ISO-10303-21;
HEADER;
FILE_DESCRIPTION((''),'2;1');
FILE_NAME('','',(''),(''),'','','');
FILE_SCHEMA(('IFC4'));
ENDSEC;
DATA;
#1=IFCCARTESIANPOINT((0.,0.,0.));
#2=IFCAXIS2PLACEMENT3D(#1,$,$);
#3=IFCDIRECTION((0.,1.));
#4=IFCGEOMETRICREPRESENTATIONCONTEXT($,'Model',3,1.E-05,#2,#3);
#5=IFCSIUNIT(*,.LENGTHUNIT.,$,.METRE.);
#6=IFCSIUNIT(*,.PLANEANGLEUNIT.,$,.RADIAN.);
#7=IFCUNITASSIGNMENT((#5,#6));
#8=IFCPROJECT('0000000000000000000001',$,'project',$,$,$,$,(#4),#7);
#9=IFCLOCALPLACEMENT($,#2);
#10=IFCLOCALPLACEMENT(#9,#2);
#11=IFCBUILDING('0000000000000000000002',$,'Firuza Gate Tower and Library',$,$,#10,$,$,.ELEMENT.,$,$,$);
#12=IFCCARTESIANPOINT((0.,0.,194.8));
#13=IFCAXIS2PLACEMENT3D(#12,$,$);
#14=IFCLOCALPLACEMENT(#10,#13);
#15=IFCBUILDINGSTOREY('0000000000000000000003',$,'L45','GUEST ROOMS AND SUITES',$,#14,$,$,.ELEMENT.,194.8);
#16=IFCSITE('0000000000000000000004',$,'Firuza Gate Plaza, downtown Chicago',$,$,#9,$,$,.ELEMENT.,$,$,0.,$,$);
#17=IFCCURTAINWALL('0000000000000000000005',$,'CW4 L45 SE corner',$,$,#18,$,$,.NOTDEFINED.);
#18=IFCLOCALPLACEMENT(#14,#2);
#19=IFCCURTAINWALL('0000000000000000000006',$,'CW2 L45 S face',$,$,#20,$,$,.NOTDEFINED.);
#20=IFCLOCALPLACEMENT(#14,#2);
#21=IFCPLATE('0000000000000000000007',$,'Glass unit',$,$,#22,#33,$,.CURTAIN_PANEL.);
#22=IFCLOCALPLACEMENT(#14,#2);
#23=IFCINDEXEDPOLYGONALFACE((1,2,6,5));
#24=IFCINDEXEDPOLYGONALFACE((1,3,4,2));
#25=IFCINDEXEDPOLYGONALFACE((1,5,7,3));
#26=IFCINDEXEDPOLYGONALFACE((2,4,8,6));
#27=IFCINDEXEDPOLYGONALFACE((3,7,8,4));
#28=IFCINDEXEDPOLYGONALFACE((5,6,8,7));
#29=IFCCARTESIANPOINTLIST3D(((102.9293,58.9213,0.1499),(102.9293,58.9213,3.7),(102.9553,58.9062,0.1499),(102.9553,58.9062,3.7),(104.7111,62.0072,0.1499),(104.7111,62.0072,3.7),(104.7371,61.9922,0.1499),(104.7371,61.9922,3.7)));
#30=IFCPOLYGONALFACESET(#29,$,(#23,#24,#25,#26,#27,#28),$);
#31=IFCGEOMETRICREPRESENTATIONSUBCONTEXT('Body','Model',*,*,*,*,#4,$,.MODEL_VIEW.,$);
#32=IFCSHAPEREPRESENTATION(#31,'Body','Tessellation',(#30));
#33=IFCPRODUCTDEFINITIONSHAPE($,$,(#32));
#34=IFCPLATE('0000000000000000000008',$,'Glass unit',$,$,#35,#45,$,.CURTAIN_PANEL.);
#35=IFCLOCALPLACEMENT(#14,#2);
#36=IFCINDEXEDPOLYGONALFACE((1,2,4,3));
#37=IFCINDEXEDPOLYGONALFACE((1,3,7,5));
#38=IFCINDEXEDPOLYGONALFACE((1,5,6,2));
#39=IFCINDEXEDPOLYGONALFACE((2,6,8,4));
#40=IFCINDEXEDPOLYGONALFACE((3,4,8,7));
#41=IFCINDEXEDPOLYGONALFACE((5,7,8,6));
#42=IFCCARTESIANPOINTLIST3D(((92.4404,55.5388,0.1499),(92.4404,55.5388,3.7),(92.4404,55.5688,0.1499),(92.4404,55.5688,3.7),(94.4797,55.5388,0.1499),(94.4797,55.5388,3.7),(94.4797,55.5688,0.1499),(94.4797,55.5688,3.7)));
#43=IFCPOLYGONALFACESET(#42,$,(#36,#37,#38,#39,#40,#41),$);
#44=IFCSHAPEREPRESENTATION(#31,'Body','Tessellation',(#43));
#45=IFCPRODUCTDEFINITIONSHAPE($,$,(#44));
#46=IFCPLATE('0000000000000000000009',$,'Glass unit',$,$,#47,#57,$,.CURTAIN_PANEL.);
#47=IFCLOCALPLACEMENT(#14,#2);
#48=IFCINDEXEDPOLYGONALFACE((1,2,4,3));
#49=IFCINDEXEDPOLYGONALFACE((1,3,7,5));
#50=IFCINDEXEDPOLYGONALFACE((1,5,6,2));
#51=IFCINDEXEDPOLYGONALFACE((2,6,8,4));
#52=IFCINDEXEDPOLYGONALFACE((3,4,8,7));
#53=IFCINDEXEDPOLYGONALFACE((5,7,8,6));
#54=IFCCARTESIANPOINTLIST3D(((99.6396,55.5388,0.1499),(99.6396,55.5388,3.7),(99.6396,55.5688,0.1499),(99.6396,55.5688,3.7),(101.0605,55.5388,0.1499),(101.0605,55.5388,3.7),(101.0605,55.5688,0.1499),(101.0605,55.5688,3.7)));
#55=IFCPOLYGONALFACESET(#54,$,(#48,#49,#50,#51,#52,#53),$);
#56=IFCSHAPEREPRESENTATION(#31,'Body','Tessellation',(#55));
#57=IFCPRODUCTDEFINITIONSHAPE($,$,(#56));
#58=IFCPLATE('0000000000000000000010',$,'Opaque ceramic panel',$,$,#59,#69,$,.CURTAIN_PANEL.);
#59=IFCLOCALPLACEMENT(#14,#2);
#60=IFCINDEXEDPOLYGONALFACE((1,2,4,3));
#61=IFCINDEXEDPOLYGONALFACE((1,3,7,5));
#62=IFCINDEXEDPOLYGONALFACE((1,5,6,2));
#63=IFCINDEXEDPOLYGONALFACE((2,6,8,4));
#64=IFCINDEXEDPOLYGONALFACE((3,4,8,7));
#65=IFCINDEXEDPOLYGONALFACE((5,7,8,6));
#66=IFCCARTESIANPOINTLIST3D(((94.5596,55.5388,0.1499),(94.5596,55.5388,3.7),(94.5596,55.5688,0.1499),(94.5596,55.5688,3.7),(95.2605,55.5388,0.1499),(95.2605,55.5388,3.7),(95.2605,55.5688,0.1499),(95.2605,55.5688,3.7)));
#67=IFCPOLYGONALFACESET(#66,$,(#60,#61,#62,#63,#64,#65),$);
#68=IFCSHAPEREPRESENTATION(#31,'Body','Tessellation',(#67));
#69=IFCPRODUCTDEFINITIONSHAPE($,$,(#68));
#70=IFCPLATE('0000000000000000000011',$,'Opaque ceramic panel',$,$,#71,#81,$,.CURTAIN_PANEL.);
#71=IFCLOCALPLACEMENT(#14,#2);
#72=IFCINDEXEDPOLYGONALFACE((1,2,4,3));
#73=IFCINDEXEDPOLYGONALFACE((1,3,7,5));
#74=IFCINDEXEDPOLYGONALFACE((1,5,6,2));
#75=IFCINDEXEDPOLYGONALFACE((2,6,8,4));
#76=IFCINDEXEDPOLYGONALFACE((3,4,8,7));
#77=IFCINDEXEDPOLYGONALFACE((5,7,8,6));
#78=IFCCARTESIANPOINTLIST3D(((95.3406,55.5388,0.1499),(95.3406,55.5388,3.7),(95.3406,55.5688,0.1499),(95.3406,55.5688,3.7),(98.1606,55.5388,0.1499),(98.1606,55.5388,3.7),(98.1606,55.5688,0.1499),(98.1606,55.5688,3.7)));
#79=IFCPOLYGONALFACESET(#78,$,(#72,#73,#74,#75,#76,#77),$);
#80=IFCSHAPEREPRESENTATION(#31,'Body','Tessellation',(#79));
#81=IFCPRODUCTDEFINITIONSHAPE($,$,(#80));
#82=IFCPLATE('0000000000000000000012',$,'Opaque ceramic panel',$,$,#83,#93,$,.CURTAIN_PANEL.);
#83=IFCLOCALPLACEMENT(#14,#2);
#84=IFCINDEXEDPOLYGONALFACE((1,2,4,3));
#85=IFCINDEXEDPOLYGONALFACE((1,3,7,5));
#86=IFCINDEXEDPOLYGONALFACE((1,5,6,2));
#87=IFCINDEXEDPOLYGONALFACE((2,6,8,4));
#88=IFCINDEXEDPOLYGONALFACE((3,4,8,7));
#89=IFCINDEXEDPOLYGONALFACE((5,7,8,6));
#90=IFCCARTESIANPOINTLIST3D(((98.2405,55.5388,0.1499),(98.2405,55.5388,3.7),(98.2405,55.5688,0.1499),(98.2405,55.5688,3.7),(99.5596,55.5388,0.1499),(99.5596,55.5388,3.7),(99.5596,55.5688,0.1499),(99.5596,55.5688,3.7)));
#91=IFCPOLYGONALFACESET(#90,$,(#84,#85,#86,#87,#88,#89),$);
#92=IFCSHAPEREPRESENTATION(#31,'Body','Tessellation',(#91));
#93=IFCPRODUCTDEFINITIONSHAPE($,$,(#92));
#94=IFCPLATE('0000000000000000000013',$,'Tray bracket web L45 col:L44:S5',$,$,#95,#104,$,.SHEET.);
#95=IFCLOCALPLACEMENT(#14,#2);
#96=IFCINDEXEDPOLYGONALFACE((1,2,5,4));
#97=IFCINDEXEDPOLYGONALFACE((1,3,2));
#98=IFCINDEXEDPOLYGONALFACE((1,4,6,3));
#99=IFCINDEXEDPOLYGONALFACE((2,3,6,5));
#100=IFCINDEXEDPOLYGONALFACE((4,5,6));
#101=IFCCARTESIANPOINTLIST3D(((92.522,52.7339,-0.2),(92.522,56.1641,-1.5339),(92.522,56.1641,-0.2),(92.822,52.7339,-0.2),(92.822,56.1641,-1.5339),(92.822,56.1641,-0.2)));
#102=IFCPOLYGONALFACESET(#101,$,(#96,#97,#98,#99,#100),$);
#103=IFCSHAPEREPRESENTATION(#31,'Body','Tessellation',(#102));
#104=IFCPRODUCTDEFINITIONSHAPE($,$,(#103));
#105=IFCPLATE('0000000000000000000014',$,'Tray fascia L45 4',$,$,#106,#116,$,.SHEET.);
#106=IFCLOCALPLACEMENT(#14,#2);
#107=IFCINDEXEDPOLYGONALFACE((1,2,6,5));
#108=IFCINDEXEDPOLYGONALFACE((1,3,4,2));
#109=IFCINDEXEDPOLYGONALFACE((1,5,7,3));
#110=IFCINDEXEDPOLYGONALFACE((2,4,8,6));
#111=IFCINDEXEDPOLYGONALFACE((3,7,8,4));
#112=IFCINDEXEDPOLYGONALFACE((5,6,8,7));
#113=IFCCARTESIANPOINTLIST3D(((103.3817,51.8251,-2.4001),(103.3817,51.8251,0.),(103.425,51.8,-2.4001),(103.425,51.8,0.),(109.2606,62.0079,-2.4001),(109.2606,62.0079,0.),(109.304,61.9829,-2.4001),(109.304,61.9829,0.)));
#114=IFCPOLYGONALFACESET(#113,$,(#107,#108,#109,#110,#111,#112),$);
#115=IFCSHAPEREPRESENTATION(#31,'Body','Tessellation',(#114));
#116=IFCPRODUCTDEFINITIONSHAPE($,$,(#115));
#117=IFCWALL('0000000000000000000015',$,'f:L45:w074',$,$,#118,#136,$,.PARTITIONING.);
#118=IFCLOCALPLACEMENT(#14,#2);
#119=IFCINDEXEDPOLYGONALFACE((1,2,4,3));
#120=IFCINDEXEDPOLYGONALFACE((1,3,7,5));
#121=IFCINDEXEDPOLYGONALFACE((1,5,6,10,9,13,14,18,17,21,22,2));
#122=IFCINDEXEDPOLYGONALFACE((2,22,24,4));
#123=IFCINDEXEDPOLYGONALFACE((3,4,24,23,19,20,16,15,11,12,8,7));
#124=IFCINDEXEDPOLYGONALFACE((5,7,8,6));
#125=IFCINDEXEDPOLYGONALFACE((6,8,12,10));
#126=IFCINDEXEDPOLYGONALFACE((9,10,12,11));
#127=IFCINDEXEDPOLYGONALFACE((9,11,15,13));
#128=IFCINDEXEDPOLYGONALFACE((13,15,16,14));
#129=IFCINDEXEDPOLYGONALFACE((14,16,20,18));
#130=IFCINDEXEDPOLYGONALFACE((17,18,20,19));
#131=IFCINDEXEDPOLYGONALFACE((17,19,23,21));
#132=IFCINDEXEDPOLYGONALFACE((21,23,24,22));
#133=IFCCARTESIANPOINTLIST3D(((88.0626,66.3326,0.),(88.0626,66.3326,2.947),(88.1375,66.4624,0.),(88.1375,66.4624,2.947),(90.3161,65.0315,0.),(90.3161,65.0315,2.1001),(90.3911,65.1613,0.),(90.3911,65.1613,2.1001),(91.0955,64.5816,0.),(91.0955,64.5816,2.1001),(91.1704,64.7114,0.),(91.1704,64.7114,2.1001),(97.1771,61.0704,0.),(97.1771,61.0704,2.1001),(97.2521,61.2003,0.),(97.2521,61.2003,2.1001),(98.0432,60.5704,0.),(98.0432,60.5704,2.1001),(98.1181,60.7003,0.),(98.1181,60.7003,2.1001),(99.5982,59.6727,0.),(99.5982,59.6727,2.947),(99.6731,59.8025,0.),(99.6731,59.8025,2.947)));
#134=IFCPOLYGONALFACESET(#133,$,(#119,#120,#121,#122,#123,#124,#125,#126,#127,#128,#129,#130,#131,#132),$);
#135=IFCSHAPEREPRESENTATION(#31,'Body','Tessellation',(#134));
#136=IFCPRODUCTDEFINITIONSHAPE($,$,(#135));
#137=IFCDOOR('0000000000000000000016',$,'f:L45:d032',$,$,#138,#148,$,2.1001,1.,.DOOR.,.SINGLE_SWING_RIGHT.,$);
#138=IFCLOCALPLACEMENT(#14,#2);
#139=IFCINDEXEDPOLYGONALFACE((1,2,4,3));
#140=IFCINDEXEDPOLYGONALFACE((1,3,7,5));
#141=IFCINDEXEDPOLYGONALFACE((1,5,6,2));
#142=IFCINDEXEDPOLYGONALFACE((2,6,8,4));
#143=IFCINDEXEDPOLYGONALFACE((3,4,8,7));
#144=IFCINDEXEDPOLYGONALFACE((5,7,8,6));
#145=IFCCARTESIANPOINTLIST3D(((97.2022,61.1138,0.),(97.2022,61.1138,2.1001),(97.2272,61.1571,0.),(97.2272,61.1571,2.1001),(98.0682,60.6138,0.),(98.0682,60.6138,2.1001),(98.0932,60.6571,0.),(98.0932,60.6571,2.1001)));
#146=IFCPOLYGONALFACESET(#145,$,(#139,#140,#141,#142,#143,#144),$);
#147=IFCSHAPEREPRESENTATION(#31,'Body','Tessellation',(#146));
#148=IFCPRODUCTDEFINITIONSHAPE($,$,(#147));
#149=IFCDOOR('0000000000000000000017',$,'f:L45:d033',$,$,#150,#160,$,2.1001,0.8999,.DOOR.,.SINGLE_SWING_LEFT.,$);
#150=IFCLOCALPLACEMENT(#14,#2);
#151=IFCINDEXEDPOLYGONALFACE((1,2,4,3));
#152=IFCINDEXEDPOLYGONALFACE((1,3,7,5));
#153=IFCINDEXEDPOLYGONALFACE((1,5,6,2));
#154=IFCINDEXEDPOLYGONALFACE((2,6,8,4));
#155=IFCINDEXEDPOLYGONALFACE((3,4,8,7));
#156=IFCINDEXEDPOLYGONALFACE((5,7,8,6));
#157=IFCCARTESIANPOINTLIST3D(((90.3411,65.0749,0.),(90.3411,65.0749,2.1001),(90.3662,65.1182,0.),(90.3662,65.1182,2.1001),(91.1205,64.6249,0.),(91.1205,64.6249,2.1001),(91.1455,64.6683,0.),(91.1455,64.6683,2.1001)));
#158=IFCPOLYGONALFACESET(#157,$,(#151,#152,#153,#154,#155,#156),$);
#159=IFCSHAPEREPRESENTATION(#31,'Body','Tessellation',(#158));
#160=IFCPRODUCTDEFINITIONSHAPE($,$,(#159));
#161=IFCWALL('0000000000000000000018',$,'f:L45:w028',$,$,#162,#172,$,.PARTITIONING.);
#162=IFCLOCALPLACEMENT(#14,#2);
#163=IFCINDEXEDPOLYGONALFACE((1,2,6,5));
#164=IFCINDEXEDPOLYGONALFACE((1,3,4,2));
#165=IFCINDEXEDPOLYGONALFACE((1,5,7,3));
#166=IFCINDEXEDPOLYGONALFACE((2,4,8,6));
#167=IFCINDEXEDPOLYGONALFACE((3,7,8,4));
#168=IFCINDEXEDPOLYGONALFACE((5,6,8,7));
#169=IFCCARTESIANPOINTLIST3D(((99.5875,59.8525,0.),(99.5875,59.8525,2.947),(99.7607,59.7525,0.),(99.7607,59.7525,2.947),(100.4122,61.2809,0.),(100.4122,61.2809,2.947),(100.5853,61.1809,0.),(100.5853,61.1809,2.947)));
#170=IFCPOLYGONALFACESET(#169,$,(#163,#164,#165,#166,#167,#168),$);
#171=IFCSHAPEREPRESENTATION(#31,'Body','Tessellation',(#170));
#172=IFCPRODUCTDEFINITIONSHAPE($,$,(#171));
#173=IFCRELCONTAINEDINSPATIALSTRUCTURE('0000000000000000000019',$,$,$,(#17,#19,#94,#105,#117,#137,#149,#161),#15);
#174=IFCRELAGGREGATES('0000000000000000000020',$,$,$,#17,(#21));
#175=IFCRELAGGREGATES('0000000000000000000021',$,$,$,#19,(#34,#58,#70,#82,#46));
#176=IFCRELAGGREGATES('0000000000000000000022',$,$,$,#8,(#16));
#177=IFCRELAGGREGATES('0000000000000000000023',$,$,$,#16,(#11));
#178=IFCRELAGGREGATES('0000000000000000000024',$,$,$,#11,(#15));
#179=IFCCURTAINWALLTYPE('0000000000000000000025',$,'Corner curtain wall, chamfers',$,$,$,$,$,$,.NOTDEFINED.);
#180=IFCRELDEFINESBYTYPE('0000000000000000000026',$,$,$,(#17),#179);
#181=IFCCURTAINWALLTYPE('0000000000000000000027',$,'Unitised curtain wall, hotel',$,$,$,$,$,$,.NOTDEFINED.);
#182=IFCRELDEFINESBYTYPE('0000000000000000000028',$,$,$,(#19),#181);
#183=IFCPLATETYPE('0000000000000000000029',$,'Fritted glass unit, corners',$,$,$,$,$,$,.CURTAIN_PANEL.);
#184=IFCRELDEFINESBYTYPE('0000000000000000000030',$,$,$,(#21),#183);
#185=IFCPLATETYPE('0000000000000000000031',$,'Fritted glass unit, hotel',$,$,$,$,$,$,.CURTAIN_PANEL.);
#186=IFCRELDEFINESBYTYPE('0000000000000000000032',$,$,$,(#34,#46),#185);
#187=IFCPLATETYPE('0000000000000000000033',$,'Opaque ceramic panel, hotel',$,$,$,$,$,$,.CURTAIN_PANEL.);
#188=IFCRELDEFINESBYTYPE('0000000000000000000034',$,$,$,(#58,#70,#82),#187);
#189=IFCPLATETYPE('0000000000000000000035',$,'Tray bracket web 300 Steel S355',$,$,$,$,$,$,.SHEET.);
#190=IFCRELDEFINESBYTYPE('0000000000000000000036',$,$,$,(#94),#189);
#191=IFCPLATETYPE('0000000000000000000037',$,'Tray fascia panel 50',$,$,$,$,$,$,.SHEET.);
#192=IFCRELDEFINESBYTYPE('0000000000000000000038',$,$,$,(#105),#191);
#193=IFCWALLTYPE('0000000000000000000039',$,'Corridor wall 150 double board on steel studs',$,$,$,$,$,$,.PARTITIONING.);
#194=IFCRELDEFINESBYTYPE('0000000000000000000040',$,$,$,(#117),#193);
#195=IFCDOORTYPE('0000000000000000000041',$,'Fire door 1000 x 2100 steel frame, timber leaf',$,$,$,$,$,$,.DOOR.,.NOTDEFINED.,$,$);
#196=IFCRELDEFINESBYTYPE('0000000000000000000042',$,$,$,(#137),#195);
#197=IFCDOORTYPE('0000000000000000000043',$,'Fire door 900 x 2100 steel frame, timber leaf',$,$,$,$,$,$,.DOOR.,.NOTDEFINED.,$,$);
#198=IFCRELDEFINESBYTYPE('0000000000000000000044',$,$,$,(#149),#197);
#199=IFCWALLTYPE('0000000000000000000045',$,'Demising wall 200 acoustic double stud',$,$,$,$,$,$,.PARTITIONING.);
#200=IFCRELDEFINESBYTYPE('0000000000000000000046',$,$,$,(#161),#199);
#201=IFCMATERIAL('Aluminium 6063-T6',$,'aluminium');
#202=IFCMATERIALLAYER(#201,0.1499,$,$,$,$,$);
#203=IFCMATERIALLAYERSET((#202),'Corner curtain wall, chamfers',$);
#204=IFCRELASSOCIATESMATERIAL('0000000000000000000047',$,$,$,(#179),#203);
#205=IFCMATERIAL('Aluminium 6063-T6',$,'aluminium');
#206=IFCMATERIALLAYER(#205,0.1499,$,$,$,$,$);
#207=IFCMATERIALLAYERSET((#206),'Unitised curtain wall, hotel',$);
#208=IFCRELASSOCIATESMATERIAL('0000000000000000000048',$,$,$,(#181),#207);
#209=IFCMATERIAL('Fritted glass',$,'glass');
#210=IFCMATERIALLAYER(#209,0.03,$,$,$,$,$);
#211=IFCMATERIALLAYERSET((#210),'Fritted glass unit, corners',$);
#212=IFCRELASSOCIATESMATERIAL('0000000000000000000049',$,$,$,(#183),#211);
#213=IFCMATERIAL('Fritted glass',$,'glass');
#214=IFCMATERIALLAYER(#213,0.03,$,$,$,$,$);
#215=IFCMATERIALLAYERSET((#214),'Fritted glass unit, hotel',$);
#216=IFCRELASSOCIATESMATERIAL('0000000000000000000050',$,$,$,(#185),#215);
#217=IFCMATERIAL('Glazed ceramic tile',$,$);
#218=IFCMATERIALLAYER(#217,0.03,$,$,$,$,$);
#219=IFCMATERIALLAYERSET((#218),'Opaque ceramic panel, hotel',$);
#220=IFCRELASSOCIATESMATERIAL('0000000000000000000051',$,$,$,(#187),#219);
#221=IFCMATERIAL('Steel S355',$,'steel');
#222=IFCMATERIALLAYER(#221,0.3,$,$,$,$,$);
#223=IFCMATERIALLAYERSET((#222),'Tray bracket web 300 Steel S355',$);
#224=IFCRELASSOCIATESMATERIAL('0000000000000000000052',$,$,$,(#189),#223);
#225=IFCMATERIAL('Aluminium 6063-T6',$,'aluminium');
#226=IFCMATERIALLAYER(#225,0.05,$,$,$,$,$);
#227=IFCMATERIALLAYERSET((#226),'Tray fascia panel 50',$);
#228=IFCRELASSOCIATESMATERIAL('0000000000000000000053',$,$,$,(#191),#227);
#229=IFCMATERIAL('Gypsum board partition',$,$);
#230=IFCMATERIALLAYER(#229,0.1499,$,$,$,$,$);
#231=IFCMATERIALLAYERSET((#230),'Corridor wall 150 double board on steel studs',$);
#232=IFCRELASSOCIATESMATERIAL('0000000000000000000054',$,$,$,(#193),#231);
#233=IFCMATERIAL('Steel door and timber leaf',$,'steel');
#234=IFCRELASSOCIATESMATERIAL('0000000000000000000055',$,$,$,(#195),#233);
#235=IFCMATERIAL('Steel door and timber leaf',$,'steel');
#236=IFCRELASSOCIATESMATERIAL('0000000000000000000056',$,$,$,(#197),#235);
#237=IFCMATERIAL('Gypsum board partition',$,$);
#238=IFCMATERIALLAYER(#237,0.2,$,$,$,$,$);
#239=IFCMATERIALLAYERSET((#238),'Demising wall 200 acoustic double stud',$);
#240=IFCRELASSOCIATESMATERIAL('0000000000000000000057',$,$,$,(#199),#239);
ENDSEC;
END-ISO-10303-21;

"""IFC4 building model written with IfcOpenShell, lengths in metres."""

from ifc_helpers import new_model, si_unit, direction, frame, frame_2d, origin, place, context, subcontext, project, spatial, polyline, rectangle, outline, extrude, material, layer, layer_set, type_object, element, fill, aggregate, save


model = new_model("IFC4")

# Units and contexts
model_context = context("Model", 3, precision=1e-05, world=origin(), true_north=direction((0.0, 1.0)))
body_context = subcontext(model_context, "Body", "Model", "MODEL_VIEW")
ifc_project = project(units=[si_unit("LENGTHUNIT", "METRE"), si_unit("PLANEANGLEUNIT", "RADIAN")], contexts=[model_context])

# Site, building, storey
site_placement = place(None, origin())
site = spatial("IfcSite", under=ifc_project, at=site_placement, Name="Firuza Gate Plaza, downtown Chicago", CompositionType="ELEMENT", RefElevation=0.0)
building_placement = place(site_placement, origin())
building = spatial("IfcBuilding", under=site, at=building_placement, Name="Firuza Gate Tower and Library", CompositionType="ELEMENT")
storey_placement = place(building_placement, frame((0.0, 0.0, 194.8)))
storey = spatial("IfcBuildingStorey", under=building, at=storey_placement, Name="L45", Description="GUEST ROOMS AND SUITES", CompositionType="ELEMENT", Elevation=194.8)

# Curtain walls
ifc_material_1 = material(Name="Aluminium 6063-T6", Category="aluminium")
ifc_layer_1 = layer(ifc_material_1, 0.1499)
ifc_layer_set_1 = layer_set([ifc_layer_1], Name="Corner curtain wall, chamfers")
curtain_wall_type_1 = type_object("IfcCurtainWallType", Name="Corner curtain wall, chamfers", PredefinedType="NOTDEFINED", material=ifc_layer_set_1)
placement = place(storey_placement, origin())
curtain_wall_1 = element("IfcCurtainWall", 1, at=placement, inside=storey, type_object=curtain_wall_type_1, Name="CW4 L45 SE corner", PredefinedType="NOTDEFINED")
ifc_material_2 = material(Name="Aluminium 6063-T6", Category="aluminium")
ifc_layer_2 = layer(ifc_material_2, 0.1499)
ifc_layer_set_2 = layer_set([ifc_layer_2], Name="Unitised curtain wall, hotel")
curtain_wall_type_2 = type_object("IfcCurtainWallType", Name="Unitised curtain wall, hotel", PredefinedType="NOTDEFINED", material=ifc_layer_set_2)
curtain_wall_2 = element("IfcCurtainWall", 2, at=placement, inside=storey, type_object=curtain_wall_type_2, Name="CW2 L45 S face", PredefinedType="NOTDEFINED")

# Plates
ifc_material_3 = material(Name="Fritted glass", Category="glass")
ifc_layer_3 = layer(ifc_material_3, 0.03)
ifc_layer_set_3 = layer_set([ifc_layer_3], Name="Fritted glass unit, corners")
plate_type_1 = type_object("IfcPlateType", Name="Fritted glass unit, corners", PredefinedType="CURTAIN_PANEL", material=ifc_layer_set_3)
plate_1_placement = place(storey_placement, frame((102.9553, 58.9062, 0.1499), z_axis=(0.866017, -0.500015, 0.0), x_axis=(0.500015, 0.866017, 0.0)))
plate_1 = element("IfcPlate", 3, at=plate_1_placement, type_object=plate_type_1, Name="Glass unit", PredefinedType="CURTAIN_PANEL", context=body_context, shape_type="SweptSolid", body=[
    extrude(outline(polyline([(0.0, 0.0), (3.5634, 0.0), (3.5634, 3.55), (0.0, 3.55), (0.0, 0.0)])), origin(), (0.0, 0.0, -1.0), 0.03),
])
aggregate(curtain_wall_1, [plate_1])
ifc_material_4 = material(Name="Fritted glass", Category="glass")
ifc_layer_4 = layer(ifc_material_4, 0.03)
ifc_layer_set_4 = layer_set([ifc_layer_4], Name="Fritted glass unit, hotel")
plate_type_2 = type_object("IfcPlateType", Name="Fritted glass unit, hotel", PredefinedType="CURTAIN_PANEL", material=ifc_layer_set_4)
plate_2_placement = place(storey_placement, frame((92.4404, 55.5388, 0.1499), z_axis=(0.0, -1.0, 0.0), x_axis=(1.0, 0.0, 0.0)))
plate_2 = element("IfcPlate", 4, at=plate_2_placement, type_object=plate_type_2, Name="Glass unit", PredefinedType="CURTAIN_PANEL", context=body_context, shape_type="SweptSolid", body=[
    extrude(outline(polyline([(0.0, 0.0), (2.0393, 0.0), (2.0393, 3.55), (0.0, 3.55), (0.0, 0.0)])), origin(), (0.0, 0.0, -1.0), 0.03),
])
plate_3_placement = place(storey_placement, frame((99.6396, 55.5388, 0.1499), z_axis=(0.0, -1.0, 0.0), x_axis=(1.0, 0.0, 0.0)))
plate_3 = element("IfcPlate", 5, at=plate_3_placement, type_object=plate_type_2, Name="Glass unit", PredefinedType="CURTAIN_PANEL", context=body_context, shape_type="SweptSolid", body=[
    extrude(outline(polyline([(0.0, 0.0), (1.4209, 0.0), (1.4209, 3.55), (0.0, 3.55), (0.0, 0.0)])), origin(), (0.0, 0.0, -1.0), 0.03),
])
ifc_material_5 = material(Name="Glazed ceramic tile")
ifc_layer_5 = layer(ifc_material_5, 0.03)
ifc_layer_set_5 = layer_set([ifc_layer_5], Name="Opaque ceramic panel, hotel")
plate_type_3 = type_object("IfcPlateType", Name="Opaque ceramic panel, hotel", PredefinedType="CURTAIN_PANEL", material=ifc_layer_set_5)
plate_4_placement = place(storey_placement, frame((94.5596, 55.5388, 0.1499), z_axis=(0.0, -1.0, 0.0), x_axis=(1.0, 0.0, 0.0)))
plate_4 = element("IfcPlate", 6, at=plate_4_placement, type_object=plate_type_3, Name="Opaque ceramic panel", PredefinedType="CURTAIN_PANEL", context=body_context, shape_type="SweptSolid", body=[
    extrude(outline(polyline([(0.0, 0.0), (0.7009, 0.0), (0.7009, 3.55), (0.0, 3.55), (0.0, 0.0)])), origin(), (0.0, 0.0, -1.0), 0.03),
])
plate_5_placement = place(storey_placement, frame((95.3406, 55.5388, 0.1499), z_axis=(0.0, -1.0, 0.0), x_axis=(1.0, 0.0, 0.0)))
plate_5 = element("IfcPlate", 7, at=plate_5_placement, type_object=plate_type_3, Name="Opaque ceramic panel", PredefinedType="CURTAIN_PANEL", context=body_context, shape_type="SweptSolid", body=[
    extrude(outline(polyline([(0.0, 0.0), (2.8201, 0.0), (2.8201, 3.55), (0.0, 3.55), (0.0, 0.0)])), origin(), (0.0, 0.0, -1.0), 0.03),
])
plate_6_placement = place(storey_placement, frame((98.2405, 55.5388, 0.1499), z_axis=(0.0, -1.0, 0.0), x_axis=(1.0, 0.0, 0.0)))
plate_6 = element("IfcPlate", 8, at=plate_6_placement, type_object=plate_type_3, Name="Opaque ceramic panel", PredefinedType="CURTAIN_PANEL", context=body_context, shape_type="SweptSolid", body=[
    extrude(outline(polyline([(0.0, 0.0), (1.3191, 0.0), (1.3191, 3.55), (0.0, 3.55), (0.0, 0.0)])), origin(), (0.0, 0.0, -1.0), 0.03),
])
aggregate(curtain_wall_2, [plate_2, plate_4, plate_5, plate_6, plate_3])

# Plates
ifc_material_6 = material(Name="Steel S355", Category="steel")
ifc_layer_6 = layer(ifc_material_6, 0.3)
ifc_layer_set_6 = layer_set([ifc_layer_6], Name="Tray bracket web 300 Steel S355")
plate_type_4 = type_object("IfcPlateType", Name="Tray bracket web 300 Steel S355", PredefinedType="SHEET", material=ifc_layer_set_6)
plate_7_placement = place(storey_placement, frame((92.822, 56.1641, -0.2), z_axis=(1.0, 0.0, 0.0), x_axis=(0.0, -1.0, 0.0)))
element("IfcPlate", 9, at=plate_7_placement, inside=storey, type_object=plate_type_4, Name="Tray bracket web L45 col:L44:S5", PredefinedType="SHEET", context=body_context, shape_type="SweptSolid", body=[
    extrude(outline(polyline([(0.0, 0.0), (3.4302, 0.0), (0.0, 1.334), (0.0, 0.0)])), origin(), (0.0, 0.0, -1.0), 0.3),
])
ifc_material_7 = material(Name="Aluminium 6063-T6", Category="aluminium")
ifc_layer_7 = layer(ifc_material_7, 0.05)
ifc_layer_set_7 = layer_set([ifc_layer_7], Name="Tray fascia panel 50")
plate_type_5 = type_object("IfcPlateType", Name="Tray fascia panel 50", PredefinedType="SHEET", material=ifc_layer_set_7)
plate_8_placement = place(storey_placement, frame((103.425, 51.8, -2.4001), z_axis=(0.866032, -0.499989, 0.0), x_axis=(0.499989, 0.866032, 0.0)))
element("IfcPlate", 10, at=plate_8_placement, inside=storey, type_object=plate_type_5, Name="Tray fascia L45 4", PredefinedType="SHEET", context=body_context, shape_type="SweptSolid", body=[
    extrude(outline(polyline([(0.0, 0.0), (11.7581, 0.0), (11.7581, 2.4001), (0.0, 2.4001), (0.0, 0.0)])), origin(), (0.0, 0.0, -1.0), 0.05),
])

# Wall, openings, doors
ifc_material_8 = material(Name="Gypsum board partition")
ifc_layer_8 = layer(ifc_material_8, 0.1499)
ifc_layer_set_8 = layer_set([ifc_layer_8], Name="Corridor wall 150 double board on steel studs")
wall_type_1 = type_object("IfcWallType", Name="Corridor wall 150 double board on steel studs", PredefinedType="PARTITIONING", material=ifc_layer_set_8)
wall_1_placement = place(storey_placement, frame((99.6357, 59.7375, 0.0), z_axis=(0.0, 0.0, 1.0), x_axis=(-0.866032, 0.499989, 0.0)))
wall_1 = element("IfcWall", 11, at=wall_1_placement, inside=storey, type_object=wall_type_1, Name="f:L45:w074", PredefinedType="PARTITIONING", context=body_context, shape_type="SweptSolid", body=[
    extrude(rectangle(XDim=13.3201, YDim=0.1499, at=frame_2d((6.6602, 0.0))), origin(), (0.0, 0.0, 1.0), 2.947),
])
opening_1_placement = place(wall_1_placement, frame((1.7957, 0.0, 0.0)))
opening_1 = element("IfcOpeningElement", 12, at=opening_1_placement, cuts=wall_1, PredefinedType="OPENING", context=body_context, shape_type="SweptSolid", body=[
    extrude(rectangle(XDim=1.0, YDim=2.1001, at=frame_2d((0.5, 1.05))), frame((0.0, 0.085, 0.0), z_axis=(0.0, -1.0, 0.0), x_axis=(1.0, 0.0, 0.0)), (0.0, 0.0, 1.0), 0.1699),
])
opening_2_placement = place(wall_1_placement, frame((9.8181, 0.0, 0.0)))
opening_2 = element("IfcOpeningElement", 13, at=opening_2_placement, cuts=wall_1, PredefinedType="OPENING", context=body_context, shape_type="SweptSolid", body=[
    extrude(rectangle(XDim=0.8999, YDim=2.1001, at=frame_2d((0.45, 1.05))), frame((0.0, 0.085, 0.0), z_axis=(0.0, -1.0, 0.0), x_axis=(1.0, 0.0, 0.0)), (0.0, 0.0, 1.0), 0.1699),
])
ifc_material_9 = material(Name="Steel door and timber leaf", Category="steel")
door_type_1 = type_object("IfcDoorType", Name="Fire door 1000 x 2100 steel frame, timber leaf", OperationType="NOTDEFINED", PredefinedType="DOOR", material=ifc_material_9)
door_1_placement = place(opening_1_placement, origin())
door_1 = element("IfcDoor", 14, at=door_1_placement, inside=storey, type_object=door_type_1, Name="f:L45:d032", OperationType="SINGLE_SWING_RIGHT", OverallHeight=2.1001, OverallWidth=1.0, PredefinedType="DOOR", context=body_context, shape_type="SweptSolid", body=[
    extrude(rectangle(XDim=1.0, YDim=2.1001, at=frame_2d((0.5, 1.05))), frame((0.0, 0.0249, 0.0), z_axis=(0.0, -1.0, 0.0), x_axis=(1.0, 0.0, 0.0)), (0.0, 0.0, 1.0), 0.05),
])
fill(opening_1, door_1)
ifc_material_10 = material(Name="Steel door and timber leaf", Category="steel")
door_type_2 = type_object("IfcDoorType", Name="Fire door 900 x 2100 steel frame, timber leaf", OperationType="NOTDEFINED", PredefinedType="DOOR", material=ifc_material_10)
door_2_placement = place(opening_2_placement, origin())
door_2 = element("IfcDoor", 15, at=door_2_placement, inside=storey, type_object=door_type_2, Name="f:L45:d033", OperationType="SINGLE_SWING_LEFT", OverallHeight=2.1001, OverallWidth=0.8999, PredefinedType="DOOR", context=body_context, shape_type="SweptSolid", body=[
    extrude(rectangle(XDim=0.8999, YDim=2.1001, at=frame_2d((0.45, 1.05))), frame((0.0, 0.0249, 0.0), z_axis=(0.0, -1.0, 0.0), x_axis=(1.0, 0.0, 0.0)), (0.0, 0.0, 1.0), 0.05),
])
fill(opening_2, door_2)

# Wall
ifc_material_11 = material(Name="Gypsum board partition")
ifc_layer_9 = layer(ifc_material_11, 0.2)
ifc_layer_set_9 = layer_set([ifc_layer_9], Name="Demising wall 200 acoustic double stud")
wall_type_2 = type_object("IfcWallType", Name="Demising wall 200 acoustic double stud", PredefinedType="PARTITIONING", material=ifc_layer_set_9)
wall_2_placement = place(storey_placement, frame((99.6741, 59.8025, 0.0), z_axis=(0.0, 0.0, 1.0), x_axis=(0.499992, 0.86603, 0.0)))
element("IfcWall", 16, at=wall_2_placement, inside=storey, type_object=wall_type_2, Name="f:L45:w028", PredefinedType="PARTITIONING", context=body_context, shape_type="SweptSolid", body=[
    extrude(rectangle(XDim=1.6494, YDim=0.2, at=frame_2d((0.8247, 0.0))), origin(), (0.0, 0.0, 1.0), 2.947),
])

save(model, "model.ifc")
